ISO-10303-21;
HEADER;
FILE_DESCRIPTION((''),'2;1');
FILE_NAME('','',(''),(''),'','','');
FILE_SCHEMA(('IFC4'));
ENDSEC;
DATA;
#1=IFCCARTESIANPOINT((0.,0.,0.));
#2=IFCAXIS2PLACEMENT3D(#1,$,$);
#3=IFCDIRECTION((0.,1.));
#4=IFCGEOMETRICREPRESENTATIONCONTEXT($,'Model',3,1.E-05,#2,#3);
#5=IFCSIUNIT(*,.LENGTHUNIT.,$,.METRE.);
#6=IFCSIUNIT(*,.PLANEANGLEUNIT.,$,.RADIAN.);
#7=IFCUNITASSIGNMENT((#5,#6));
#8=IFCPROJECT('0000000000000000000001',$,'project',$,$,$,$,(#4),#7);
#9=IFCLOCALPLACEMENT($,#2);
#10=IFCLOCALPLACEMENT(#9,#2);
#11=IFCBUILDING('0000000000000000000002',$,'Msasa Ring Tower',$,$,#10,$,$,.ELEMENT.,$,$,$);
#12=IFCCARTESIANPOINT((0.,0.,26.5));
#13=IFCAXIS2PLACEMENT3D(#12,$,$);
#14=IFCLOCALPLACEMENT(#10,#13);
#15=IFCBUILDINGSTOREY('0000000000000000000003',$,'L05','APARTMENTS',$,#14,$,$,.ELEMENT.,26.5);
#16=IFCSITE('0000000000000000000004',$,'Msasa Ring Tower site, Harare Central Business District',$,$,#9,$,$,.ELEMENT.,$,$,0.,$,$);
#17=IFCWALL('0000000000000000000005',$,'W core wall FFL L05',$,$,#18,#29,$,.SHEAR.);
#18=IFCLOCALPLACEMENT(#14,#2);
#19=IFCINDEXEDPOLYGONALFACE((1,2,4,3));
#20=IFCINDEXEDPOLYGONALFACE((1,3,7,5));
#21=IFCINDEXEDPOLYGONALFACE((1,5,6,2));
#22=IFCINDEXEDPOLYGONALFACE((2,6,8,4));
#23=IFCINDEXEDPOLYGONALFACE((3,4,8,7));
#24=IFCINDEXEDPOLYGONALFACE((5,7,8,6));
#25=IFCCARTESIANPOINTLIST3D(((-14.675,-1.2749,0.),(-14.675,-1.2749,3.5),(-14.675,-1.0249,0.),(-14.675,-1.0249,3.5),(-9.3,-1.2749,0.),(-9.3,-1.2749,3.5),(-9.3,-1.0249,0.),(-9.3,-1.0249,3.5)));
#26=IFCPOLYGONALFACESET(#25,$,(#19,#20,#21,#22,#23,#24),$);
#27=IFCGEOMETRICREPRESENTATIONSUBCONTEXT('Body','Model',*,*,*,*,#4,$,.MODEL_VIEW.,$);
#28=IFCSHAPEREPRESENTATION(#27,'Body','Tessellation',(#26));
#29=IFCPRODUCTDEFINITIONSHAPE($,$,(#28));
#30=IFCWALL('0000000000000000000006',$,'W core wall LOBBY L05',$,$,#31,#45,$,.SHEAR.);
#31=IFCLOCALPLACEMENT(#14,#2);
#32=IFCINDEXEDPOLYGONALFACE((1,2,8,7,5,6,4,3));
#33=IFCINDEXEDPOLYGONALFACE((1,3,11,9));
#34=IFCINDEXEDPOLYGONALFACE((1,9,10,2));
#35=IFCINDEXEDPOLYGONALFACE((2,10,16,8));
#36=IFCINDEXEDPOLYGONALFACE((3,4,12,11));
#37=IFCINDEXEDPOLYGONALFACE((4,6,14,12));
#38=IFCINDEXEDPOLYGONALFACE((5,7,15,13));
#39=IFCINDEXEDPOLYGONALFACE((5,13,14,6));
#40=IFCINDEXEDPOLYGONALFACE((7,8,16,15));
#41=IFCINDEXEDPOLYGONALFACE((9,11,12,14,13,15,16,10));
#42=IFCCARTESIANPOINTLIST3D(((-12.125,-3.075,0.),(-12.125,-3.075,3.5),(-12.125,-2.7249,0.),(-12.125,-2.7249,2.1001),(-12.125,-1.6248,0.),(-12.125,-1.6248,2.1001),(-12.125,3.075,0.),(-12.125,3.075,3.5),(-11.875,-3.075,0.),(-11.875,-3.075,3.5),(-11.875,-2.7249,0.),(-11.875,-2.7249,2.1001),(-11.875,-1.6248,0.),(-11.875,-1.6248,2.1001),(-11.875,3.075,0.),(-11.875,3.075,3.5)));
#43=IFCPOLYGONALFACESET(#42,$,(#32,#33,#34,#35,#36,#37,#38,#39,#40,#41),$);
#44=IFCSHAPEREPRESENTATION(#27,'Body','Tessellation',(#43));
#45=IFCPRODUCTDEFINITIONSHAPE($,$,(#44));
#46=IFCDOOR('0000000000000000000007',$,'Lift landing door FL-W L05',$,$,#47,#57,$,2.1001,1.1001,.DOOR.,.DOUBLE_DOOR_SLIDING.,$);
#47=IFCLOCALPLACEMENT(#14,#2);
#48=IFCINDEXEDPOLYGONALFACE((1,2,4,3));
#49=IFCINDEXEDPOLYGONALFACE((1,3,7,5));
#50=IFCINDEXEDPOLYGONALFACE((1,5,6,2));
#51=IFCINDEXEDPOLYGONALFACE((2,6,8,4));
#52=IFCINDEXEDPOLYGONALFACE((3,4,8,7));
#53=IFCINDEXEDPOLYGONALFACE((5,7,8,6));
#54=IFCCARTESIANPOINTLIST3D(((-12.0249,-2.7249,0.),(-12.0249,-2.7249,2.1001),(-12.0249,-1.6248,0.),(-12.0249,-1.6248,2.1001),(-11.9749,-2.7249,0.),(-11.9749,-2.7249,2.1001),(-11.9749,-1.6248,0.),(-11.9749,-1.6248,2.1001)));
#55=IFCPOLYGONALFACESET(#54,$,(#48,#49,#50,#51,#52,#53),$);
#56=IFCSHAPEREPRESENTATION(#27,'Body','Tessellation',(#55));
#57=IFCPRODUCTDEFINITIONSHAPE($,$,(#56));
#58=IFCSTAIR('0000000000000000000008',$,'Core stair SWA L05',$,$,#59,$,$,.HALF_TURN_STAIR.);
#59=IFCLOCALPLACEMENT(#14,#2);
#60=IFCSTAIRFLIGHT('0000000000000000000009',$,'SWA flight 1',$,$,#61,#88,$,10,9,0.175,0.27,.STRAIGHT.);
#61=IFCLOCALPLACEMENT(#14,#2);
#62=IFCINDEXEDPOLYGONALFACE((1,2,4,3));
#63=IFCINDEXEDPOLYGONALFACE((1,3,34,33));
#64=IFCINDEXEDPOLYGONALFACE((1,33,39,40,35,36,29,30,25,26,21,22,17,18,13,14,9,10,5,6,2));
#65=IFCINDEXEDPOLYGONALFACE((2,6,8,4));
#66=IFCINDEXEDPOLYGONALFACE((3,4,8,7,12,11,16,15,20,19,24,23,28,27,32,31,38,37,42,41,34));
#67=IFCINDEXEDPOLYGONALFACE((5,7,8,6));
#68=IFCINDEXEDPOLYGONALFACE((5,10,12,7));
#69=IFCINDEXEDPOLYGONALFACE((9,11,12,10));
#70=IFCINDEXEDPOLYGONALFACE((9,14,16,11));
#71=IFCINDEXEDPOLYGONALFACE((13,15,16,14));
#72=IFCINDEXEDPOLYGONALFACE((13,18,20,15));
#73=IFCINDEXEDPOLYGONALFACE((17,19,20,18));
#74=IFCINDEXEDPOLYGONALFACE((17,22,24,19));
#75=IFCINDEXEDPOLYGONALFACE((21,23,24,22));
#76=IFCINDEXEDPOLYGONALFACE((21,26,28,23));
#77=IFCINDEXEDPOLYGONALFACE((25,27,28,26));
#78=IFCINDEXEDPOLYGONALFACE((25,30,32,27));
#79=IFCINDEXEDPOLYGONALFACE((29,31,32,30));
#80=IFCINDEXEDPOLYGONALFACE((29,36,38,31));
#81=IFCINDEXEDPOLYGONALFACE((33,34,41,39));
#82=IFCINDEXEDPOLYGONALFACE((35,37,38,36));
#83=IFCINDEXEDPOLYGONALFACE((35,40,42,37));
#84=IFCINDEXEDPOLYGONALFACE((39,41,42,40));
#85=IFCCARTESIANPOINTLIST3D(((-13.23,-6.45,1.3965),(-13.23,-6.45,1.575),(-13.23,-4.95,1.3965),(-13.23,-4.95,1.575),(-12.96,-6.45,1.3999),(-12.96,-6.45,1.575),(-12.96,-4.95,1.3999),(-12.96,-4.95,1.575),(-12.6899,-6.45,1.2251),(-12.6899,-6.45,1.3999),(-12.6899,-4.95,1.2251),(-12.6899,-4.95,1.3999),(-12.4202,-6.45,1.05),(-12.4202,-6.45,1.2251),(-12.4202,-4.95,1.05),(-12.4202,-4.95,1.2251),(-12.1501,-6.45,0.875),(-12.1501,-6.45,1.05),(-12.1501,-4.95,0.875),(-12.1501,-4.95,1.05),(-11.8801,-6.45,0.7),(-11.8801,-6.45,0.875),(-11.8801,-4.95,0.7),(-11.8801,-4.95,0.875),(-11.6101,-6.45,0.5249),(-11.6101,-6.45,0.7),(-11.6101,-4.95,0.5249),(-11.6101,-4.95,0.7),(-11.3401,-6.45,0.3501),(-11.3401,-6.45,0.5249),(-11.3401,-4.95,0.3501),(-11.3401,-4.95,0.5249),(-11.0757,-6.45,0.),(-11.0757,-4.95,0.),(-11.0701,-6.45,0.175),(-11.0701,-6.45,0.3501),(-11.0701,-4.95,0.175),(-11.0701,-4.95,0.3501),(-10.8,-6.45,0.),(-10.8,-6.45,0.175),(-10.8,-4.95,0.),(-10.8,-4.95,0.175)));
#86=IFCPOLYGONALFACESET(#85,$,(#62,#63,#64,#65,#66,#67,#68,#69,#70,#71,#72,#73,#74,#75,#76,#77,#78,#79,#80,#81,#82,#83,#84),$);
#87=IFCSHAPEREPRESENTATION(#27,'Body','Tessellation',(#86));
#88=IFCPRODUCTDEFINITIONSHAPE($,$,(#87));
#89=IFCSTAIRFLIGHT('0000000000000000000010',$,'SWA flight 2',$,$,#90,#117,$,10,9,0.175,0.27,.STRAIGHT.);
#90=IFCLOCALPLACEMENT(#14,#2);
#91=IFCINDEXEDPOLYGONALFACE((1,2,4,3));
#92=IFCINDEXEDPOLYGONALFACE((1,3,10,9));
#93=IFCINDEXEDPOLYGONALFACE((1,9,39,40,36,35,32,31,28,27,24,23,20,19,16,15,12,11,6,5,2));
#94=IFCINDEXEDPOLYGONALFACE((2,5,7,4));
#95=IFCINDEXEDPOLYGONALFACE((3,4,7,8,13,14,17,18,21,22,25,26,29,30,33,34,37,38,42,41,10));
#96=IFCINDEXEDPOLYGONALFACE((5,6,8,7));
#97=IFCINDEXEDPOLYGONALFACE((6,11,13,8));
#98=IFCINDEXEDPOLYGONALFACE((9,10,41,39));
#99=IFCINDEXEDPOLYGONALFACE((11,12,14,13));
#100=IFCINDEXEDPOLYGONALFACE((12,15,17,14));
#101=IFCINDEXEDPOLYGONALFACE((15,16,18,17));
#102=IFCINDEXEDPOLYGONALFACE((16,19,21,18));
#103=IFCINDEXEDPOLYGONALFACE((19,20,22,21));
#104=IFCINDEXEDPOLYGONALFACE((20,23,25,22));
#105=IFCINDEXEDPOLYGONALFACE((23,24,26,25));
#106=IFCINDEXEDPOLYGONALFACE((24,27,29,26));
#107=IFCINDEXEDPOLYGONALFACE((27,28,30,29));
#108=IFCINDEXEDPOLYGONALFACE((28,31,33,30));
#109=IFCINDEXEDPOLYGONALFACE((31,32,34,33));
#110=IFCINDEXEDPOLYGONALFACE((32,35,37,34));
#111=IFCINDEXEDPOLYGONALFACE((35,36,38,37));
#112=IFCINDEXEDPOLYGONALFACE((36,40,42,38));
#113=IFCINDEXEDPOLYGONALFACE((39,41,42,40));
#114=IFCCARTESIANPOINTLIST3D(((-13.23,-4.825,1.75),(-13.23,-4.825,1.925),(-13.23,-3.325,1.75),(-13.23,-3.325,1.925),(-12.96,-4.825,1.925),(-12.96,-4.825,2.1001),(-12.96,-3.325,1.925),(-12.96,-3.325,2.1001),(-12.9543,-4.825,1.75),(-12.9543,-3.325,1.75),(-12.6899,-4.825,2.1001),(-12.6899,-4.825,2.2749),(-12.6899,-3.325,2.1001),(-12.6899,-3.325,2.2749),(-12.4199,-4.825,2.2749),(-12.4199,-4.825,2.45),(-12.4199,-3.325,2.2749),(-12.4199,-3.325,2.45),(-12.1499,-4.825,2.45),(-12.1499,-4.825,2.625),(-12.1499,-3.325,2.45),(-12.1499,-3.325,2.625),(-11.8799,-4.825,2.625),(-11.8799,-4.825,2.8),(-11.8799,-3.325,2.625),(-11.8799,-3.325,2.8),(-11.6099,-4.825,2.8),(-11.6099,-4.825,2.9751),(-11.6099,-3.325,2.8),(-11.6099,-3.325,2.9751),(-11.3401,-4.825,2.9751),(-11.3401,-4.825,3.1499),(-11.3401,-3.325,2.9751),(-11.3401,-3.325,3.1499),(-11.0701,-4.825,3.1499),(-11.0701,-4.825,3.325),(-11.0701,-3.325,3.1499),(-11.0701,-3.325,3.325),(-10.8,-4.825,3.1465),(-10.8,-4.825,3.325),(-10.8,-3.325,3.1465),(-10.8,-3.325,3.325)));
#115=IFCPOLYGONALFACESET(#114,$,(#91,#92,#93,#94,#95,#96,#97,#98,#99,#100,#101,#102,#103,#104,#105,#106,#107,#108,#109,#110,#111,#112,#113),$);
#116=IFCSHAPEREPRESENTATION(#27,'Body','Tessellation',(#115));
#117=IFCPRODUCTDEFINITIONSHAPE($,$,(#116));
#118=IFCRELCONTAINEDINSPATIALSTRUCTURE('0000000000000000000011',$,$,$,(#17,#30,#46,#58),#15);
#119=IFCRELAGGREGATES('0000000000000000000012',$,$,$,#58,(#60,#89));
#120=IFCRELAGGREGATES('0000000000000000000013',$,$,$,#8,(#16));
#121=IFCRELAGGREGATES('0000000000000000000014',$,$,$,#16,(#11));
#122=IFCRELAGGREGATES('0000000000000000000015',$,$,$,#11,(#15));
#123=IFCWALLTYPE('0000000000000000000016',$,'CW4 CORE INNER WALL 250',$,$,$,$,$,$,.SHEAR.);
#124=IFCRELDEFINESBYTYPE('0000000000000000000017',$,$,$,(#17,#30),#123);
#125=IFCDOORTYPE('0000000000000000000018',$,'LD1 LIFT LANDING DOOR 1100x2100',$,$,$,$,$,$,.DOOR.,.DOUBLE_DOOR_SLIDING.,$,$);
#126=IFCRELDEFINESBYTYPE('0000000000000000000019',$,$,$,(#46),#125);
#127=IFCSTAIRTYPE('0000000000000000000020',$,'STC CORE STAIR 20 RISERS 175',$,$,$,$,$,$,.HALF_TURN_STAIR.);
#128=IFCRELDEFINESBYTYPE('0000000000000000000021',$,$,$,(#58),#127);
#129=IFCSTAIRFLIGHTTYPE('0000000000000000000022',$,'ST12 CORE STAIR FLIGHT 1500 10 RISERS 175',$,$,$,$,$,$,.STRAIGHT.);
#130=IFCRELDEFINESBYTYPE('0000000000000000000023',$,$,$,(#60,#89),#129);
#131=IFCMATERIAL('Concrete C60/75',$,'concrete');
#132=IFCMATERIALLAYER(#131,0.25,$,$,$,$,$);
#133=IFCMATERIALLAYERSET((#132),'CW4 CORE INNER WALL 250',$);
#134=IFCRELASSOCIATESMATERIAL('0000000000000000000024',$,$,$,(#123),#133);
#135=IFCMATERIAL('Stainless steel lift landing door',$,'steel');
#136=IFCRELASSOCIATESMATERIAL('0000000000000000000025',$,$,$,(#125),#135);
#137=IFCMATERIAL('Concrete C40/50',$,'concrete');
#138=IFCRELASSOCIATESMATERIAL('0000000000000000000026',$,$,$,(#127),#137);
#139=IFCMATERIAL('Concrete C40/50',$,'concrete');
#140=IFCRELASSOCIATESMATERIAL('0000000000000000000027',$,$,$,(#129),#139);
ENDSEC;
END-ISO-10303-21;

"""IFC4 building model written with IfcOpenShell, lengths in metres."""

from ifc_helpers import new_model, si_unit, direction, frame, frame_2d, origin, place, context, subcontext, project, spatial, polyline, rectangle, outline, extrude, material, layer, layer_set, type_object, element, fill, aggregate, save


model = new_model("IFC4")

# Units and contexts
model_context = context("Model", 3, precision=1e-05, world=origin(), true_north=direction((0.0, 1.0)))
body_context = subcontext(model_context, "Body", "Model", "MODEL_VIEW")
ifc_project = project(units=[si_unit("LENGTHUNIT", "METRE"), si_unit("PLANEANGLEUNIT", "RADIAN")], contexts=[model_context])

# Site, building, storey
site_placement = place(None, origin())
site = spatial("IfcSite", under=ifc_project, at=site_placement, Name="Msasa Ring Tower site, Harare Central Business District", CompositionType="ELEMENT", RefElevation=0.0)
building_placement = place(site_placement, origin())
building = spatial("IfcBuilding", under=site, at=building_placement, Name="Msasa Ring Tower", CompositionType="ELEMENT")
storey_placement = place(building_placement, frame((0.0, 0.0, 26.5)))
storey = spatial("IfcBuildingStorey", under=building, at=storey_placement, Name="L05", Description="APARTMENTS", CompositionType="ELEMENT", Elevation=26.5)

# Shared definitions
ifc_material_1 = material(Name="Concrete C60/75", Category="concrete")
ifc_layer_1 = layer(ifc_material_1, 0.25)
ifc_layer_set_1 = layer_set([ifc_layer_1], Name="CW4 CORE INNER WALL 250")
wall_type_1 = type_object("IfcWallType", Name="CW4 CORE INNER WALL 250", PredefinedType="SHEAR", material=ifc_layer_set_1)

# Wall
wall_1_placement = place(storey_placement, frame((-9.3, -1.1499, 0.0), z_axis=(0.0, 0.0, 1.0), x_axis=(-1.0, 0.0, 0.0)))
element("IfcWall", 1, at=wall_1_placement, inside=storey, type_object=wall_type_1, Name="W core wall FFL L05", PredefinedType="SHEAR", context=body_context, shape_type="SweptSolid", body=[
    extrude(rectangle(XDim=5.375, YDim=0.25, at=frame_2d((2.6875, 0.0))), origin(), (0.0, 0.0, 1.0), 3.5),
])

# Wall, opening, door
wall_2_placement = place(storey_placement, frame((-12.0, -3.075, 0.0), z_axis=(0.0, 0.0, 1.0), x_axis=(0.0, 1.0, 0.0)))
wall_2 = element("IfcWall", 2, at=wall_2_placement, inside=storey, type_object=wall_type_1, Name="W core wall LOBBY L05", PredefinedType="SHEAR", context=body_context, shape_type="SweptSolid", body=[
    extrude(rectangle(XDim=6.1499, YDim=0.25, at=frame_2d((3.075, 0.0))), origin(), (0.0, 0.0, 1.0), 3.5),
])
opening_1_placement = place(wall_2_placement, frame((0.3501, 0.0, 0.0)))
opening_1 = element("IfcOpeningElement", 3, at=opening_1_placement, cuts=wall_2, PredefinedType="OPENING", context=body_context, shape_type="SweptSolid", body=[
    extrude(rectangle(XDim=1.1001, YDim=2.1001, at=frame_2d((0.55, 1.05))), frame((0.0, 0.135, 0.0), z_axis=(0.0, -1.0, 0.0), x_axis=(1.0, 0.0, 0.0)), (0.0, 0.0, 1.0), 0.27),
])
ifc_material_2 = material(Name="Stainless steel lift landing door", Category="steel")
door_type_1 = type_object("IfcDoorType", Name="LD1 LIFT LANDING DOOR 1100x2100", OperationType="DOUBLE_DOOR_SLIDING", PredefinedType="DOOR", material=ifc_material_2)
door_1_placement = place(opening_1_placement, origin())
door_1 = element("IfcDoor", 4, at=door_1_placement, inside=storey, type_object=door_type_1, Name="Lift landing door FL-W L05", OperationType="DOUBLE_DOOR_SLIDING", OverallHeight=2.1001, OverallWidth=1.1001, PredefinedType="DOOR", context=body_context, shape_type="SweptSolid", body=[
    extrude(rectangle(XDim=1.1001, YDim=2.1001, at=frame_2d((0.55, 1.05))), frame((0.0, 0.0249, 0.0), z_axis=(0.0, -1.0, 0.0), x_axis=(1.0, 0.0, 0.0)), (0.0, 0.0, 1.0), 0.05),
])
fill(opening_1, door_1)

# Stair, stair flights
ifc_material_3 = material(Name="Concrete C40/50", Category="concrete")
stair_type = type_object("IfcStairType", Name="STC CORE STAIR 20 RISERS 175", PredefinedType="HALF_TURN_STAIR", material=ifc_material_3)
stair_placement = place(storey_placement, origin())
stair = element("IfcStair", 5, at=stair_placement, inside=storey, type_object=stair_type, Name="Core stair SWA L05", PredefinedType="HALF_TURN_STAIR")
ifc_material_4 = material(Name="Concrete C40/50", Category="concrete")
stair_flight_type = type_object("IfcStairFlightType", Name="ST12 CORE STAIR FLIGHT 1500 10 RISERS 175", PredefinedType="STRAIGHT", material=ifc_material_4)
stair_flight_1_placement = place(storey_placement, frame((-10.8, -5.7, 0.0), z_axis=(0.0, 0.0, 1.0), x_axis=(-1.0, 0.0, 0.0)))
stair_flight_1 = element("IfcStairFlight", 6, at=stair_flight_1_placement, type_object=stair_flight_type, Name="SWA flight 1", NumberOfRisers=10, NumberOfTreads=9, PredefinedType="STRAIGHT", RiserHeight=0.175, TreadLength=0.27, context=body_context, shape_type="SweptSolid", body=[
    extrude(outline(polyline([(0.0, 0.0), (0.0, 0.175), (0.27, 0.175), (0.27, 0.3501), (0.54, 0.3501), (0.54, 0.5249), (0.8101, 0.5249), (0.8101, 0.7), (1.0801, 0.7), (1.0801, 0.875), (1.3501, 0.875), (1.3501, 1.05), (1.6201, 1.05), (1.6201, 1.2251), (1.8899, 1.2251), (1.8899, 1.3999), (2.1599, 1.3999), (2.1599, 1.575), (2.4299, 1.575), (2.4299, 1.75), (2.4299, 1.3965), (0.2756, 0.0), (0.0, 0.0)])), frame((0.0, 0.75, 0.0), z_axis=(0.0, -1.0, 0.0), x_axis=(1.0, 0.0, 0.0)), (0.0, 0.0, 1.0), 1.5),
])
stair_flight_2_placement = place(storey_placement, frame((-13.23, -4.075, 1.75), z_axis=(0.0, 0.0, 1.0), x_axis=(1.0, 0.0, 0.0)))
stair_flight_2 = element("IfcStairFlight", 7, at=stair_flight_2_placement, type_object=stair_flight_type, Name="SWA flight 2", NumberOfRisers=10, NumberOfTreads=9, PredefinedType="STRAIGHT", RiserHeight=0.175, TreadLength=0.27, context=body_context, shape_type="SweptSolid", body=[
    extrude(outline(polyline([(0.0, 0.0), (0.0, 0.175), (0.27, 0.175), (0.27, 0.3501), (0.54, 0.3501), (0.54, 0.5249), (0.8101, 0.5249), (0.8101, 0.7), (1.0801, 0.7), (1.0801, 0.875), (1.3501, 0.875), (1.3501, 1.05), (1.6201, 1.05), (1.6201, 1.2251), (1.8899, 1.2251), (1.8899, 1.3999), (2.1599, 1.3999), (2.1599, 1.575), (2.4299, 1.575), (2.4299, 1.75), (2.4299, 1.3965), (0.2756, 0.0), (0.0, 0.0)])), frame((0.0, 0.75, 0.0), z_axis=(0.0, -1.0, 0.0), x_axis=(1.0, 0.0, 0.0)), (0.0, 0.0, 1.0), 1.5),
])
aggregate(stair, [stair_flight_1, stair_flight_2])

save(model, "model.ifc")
